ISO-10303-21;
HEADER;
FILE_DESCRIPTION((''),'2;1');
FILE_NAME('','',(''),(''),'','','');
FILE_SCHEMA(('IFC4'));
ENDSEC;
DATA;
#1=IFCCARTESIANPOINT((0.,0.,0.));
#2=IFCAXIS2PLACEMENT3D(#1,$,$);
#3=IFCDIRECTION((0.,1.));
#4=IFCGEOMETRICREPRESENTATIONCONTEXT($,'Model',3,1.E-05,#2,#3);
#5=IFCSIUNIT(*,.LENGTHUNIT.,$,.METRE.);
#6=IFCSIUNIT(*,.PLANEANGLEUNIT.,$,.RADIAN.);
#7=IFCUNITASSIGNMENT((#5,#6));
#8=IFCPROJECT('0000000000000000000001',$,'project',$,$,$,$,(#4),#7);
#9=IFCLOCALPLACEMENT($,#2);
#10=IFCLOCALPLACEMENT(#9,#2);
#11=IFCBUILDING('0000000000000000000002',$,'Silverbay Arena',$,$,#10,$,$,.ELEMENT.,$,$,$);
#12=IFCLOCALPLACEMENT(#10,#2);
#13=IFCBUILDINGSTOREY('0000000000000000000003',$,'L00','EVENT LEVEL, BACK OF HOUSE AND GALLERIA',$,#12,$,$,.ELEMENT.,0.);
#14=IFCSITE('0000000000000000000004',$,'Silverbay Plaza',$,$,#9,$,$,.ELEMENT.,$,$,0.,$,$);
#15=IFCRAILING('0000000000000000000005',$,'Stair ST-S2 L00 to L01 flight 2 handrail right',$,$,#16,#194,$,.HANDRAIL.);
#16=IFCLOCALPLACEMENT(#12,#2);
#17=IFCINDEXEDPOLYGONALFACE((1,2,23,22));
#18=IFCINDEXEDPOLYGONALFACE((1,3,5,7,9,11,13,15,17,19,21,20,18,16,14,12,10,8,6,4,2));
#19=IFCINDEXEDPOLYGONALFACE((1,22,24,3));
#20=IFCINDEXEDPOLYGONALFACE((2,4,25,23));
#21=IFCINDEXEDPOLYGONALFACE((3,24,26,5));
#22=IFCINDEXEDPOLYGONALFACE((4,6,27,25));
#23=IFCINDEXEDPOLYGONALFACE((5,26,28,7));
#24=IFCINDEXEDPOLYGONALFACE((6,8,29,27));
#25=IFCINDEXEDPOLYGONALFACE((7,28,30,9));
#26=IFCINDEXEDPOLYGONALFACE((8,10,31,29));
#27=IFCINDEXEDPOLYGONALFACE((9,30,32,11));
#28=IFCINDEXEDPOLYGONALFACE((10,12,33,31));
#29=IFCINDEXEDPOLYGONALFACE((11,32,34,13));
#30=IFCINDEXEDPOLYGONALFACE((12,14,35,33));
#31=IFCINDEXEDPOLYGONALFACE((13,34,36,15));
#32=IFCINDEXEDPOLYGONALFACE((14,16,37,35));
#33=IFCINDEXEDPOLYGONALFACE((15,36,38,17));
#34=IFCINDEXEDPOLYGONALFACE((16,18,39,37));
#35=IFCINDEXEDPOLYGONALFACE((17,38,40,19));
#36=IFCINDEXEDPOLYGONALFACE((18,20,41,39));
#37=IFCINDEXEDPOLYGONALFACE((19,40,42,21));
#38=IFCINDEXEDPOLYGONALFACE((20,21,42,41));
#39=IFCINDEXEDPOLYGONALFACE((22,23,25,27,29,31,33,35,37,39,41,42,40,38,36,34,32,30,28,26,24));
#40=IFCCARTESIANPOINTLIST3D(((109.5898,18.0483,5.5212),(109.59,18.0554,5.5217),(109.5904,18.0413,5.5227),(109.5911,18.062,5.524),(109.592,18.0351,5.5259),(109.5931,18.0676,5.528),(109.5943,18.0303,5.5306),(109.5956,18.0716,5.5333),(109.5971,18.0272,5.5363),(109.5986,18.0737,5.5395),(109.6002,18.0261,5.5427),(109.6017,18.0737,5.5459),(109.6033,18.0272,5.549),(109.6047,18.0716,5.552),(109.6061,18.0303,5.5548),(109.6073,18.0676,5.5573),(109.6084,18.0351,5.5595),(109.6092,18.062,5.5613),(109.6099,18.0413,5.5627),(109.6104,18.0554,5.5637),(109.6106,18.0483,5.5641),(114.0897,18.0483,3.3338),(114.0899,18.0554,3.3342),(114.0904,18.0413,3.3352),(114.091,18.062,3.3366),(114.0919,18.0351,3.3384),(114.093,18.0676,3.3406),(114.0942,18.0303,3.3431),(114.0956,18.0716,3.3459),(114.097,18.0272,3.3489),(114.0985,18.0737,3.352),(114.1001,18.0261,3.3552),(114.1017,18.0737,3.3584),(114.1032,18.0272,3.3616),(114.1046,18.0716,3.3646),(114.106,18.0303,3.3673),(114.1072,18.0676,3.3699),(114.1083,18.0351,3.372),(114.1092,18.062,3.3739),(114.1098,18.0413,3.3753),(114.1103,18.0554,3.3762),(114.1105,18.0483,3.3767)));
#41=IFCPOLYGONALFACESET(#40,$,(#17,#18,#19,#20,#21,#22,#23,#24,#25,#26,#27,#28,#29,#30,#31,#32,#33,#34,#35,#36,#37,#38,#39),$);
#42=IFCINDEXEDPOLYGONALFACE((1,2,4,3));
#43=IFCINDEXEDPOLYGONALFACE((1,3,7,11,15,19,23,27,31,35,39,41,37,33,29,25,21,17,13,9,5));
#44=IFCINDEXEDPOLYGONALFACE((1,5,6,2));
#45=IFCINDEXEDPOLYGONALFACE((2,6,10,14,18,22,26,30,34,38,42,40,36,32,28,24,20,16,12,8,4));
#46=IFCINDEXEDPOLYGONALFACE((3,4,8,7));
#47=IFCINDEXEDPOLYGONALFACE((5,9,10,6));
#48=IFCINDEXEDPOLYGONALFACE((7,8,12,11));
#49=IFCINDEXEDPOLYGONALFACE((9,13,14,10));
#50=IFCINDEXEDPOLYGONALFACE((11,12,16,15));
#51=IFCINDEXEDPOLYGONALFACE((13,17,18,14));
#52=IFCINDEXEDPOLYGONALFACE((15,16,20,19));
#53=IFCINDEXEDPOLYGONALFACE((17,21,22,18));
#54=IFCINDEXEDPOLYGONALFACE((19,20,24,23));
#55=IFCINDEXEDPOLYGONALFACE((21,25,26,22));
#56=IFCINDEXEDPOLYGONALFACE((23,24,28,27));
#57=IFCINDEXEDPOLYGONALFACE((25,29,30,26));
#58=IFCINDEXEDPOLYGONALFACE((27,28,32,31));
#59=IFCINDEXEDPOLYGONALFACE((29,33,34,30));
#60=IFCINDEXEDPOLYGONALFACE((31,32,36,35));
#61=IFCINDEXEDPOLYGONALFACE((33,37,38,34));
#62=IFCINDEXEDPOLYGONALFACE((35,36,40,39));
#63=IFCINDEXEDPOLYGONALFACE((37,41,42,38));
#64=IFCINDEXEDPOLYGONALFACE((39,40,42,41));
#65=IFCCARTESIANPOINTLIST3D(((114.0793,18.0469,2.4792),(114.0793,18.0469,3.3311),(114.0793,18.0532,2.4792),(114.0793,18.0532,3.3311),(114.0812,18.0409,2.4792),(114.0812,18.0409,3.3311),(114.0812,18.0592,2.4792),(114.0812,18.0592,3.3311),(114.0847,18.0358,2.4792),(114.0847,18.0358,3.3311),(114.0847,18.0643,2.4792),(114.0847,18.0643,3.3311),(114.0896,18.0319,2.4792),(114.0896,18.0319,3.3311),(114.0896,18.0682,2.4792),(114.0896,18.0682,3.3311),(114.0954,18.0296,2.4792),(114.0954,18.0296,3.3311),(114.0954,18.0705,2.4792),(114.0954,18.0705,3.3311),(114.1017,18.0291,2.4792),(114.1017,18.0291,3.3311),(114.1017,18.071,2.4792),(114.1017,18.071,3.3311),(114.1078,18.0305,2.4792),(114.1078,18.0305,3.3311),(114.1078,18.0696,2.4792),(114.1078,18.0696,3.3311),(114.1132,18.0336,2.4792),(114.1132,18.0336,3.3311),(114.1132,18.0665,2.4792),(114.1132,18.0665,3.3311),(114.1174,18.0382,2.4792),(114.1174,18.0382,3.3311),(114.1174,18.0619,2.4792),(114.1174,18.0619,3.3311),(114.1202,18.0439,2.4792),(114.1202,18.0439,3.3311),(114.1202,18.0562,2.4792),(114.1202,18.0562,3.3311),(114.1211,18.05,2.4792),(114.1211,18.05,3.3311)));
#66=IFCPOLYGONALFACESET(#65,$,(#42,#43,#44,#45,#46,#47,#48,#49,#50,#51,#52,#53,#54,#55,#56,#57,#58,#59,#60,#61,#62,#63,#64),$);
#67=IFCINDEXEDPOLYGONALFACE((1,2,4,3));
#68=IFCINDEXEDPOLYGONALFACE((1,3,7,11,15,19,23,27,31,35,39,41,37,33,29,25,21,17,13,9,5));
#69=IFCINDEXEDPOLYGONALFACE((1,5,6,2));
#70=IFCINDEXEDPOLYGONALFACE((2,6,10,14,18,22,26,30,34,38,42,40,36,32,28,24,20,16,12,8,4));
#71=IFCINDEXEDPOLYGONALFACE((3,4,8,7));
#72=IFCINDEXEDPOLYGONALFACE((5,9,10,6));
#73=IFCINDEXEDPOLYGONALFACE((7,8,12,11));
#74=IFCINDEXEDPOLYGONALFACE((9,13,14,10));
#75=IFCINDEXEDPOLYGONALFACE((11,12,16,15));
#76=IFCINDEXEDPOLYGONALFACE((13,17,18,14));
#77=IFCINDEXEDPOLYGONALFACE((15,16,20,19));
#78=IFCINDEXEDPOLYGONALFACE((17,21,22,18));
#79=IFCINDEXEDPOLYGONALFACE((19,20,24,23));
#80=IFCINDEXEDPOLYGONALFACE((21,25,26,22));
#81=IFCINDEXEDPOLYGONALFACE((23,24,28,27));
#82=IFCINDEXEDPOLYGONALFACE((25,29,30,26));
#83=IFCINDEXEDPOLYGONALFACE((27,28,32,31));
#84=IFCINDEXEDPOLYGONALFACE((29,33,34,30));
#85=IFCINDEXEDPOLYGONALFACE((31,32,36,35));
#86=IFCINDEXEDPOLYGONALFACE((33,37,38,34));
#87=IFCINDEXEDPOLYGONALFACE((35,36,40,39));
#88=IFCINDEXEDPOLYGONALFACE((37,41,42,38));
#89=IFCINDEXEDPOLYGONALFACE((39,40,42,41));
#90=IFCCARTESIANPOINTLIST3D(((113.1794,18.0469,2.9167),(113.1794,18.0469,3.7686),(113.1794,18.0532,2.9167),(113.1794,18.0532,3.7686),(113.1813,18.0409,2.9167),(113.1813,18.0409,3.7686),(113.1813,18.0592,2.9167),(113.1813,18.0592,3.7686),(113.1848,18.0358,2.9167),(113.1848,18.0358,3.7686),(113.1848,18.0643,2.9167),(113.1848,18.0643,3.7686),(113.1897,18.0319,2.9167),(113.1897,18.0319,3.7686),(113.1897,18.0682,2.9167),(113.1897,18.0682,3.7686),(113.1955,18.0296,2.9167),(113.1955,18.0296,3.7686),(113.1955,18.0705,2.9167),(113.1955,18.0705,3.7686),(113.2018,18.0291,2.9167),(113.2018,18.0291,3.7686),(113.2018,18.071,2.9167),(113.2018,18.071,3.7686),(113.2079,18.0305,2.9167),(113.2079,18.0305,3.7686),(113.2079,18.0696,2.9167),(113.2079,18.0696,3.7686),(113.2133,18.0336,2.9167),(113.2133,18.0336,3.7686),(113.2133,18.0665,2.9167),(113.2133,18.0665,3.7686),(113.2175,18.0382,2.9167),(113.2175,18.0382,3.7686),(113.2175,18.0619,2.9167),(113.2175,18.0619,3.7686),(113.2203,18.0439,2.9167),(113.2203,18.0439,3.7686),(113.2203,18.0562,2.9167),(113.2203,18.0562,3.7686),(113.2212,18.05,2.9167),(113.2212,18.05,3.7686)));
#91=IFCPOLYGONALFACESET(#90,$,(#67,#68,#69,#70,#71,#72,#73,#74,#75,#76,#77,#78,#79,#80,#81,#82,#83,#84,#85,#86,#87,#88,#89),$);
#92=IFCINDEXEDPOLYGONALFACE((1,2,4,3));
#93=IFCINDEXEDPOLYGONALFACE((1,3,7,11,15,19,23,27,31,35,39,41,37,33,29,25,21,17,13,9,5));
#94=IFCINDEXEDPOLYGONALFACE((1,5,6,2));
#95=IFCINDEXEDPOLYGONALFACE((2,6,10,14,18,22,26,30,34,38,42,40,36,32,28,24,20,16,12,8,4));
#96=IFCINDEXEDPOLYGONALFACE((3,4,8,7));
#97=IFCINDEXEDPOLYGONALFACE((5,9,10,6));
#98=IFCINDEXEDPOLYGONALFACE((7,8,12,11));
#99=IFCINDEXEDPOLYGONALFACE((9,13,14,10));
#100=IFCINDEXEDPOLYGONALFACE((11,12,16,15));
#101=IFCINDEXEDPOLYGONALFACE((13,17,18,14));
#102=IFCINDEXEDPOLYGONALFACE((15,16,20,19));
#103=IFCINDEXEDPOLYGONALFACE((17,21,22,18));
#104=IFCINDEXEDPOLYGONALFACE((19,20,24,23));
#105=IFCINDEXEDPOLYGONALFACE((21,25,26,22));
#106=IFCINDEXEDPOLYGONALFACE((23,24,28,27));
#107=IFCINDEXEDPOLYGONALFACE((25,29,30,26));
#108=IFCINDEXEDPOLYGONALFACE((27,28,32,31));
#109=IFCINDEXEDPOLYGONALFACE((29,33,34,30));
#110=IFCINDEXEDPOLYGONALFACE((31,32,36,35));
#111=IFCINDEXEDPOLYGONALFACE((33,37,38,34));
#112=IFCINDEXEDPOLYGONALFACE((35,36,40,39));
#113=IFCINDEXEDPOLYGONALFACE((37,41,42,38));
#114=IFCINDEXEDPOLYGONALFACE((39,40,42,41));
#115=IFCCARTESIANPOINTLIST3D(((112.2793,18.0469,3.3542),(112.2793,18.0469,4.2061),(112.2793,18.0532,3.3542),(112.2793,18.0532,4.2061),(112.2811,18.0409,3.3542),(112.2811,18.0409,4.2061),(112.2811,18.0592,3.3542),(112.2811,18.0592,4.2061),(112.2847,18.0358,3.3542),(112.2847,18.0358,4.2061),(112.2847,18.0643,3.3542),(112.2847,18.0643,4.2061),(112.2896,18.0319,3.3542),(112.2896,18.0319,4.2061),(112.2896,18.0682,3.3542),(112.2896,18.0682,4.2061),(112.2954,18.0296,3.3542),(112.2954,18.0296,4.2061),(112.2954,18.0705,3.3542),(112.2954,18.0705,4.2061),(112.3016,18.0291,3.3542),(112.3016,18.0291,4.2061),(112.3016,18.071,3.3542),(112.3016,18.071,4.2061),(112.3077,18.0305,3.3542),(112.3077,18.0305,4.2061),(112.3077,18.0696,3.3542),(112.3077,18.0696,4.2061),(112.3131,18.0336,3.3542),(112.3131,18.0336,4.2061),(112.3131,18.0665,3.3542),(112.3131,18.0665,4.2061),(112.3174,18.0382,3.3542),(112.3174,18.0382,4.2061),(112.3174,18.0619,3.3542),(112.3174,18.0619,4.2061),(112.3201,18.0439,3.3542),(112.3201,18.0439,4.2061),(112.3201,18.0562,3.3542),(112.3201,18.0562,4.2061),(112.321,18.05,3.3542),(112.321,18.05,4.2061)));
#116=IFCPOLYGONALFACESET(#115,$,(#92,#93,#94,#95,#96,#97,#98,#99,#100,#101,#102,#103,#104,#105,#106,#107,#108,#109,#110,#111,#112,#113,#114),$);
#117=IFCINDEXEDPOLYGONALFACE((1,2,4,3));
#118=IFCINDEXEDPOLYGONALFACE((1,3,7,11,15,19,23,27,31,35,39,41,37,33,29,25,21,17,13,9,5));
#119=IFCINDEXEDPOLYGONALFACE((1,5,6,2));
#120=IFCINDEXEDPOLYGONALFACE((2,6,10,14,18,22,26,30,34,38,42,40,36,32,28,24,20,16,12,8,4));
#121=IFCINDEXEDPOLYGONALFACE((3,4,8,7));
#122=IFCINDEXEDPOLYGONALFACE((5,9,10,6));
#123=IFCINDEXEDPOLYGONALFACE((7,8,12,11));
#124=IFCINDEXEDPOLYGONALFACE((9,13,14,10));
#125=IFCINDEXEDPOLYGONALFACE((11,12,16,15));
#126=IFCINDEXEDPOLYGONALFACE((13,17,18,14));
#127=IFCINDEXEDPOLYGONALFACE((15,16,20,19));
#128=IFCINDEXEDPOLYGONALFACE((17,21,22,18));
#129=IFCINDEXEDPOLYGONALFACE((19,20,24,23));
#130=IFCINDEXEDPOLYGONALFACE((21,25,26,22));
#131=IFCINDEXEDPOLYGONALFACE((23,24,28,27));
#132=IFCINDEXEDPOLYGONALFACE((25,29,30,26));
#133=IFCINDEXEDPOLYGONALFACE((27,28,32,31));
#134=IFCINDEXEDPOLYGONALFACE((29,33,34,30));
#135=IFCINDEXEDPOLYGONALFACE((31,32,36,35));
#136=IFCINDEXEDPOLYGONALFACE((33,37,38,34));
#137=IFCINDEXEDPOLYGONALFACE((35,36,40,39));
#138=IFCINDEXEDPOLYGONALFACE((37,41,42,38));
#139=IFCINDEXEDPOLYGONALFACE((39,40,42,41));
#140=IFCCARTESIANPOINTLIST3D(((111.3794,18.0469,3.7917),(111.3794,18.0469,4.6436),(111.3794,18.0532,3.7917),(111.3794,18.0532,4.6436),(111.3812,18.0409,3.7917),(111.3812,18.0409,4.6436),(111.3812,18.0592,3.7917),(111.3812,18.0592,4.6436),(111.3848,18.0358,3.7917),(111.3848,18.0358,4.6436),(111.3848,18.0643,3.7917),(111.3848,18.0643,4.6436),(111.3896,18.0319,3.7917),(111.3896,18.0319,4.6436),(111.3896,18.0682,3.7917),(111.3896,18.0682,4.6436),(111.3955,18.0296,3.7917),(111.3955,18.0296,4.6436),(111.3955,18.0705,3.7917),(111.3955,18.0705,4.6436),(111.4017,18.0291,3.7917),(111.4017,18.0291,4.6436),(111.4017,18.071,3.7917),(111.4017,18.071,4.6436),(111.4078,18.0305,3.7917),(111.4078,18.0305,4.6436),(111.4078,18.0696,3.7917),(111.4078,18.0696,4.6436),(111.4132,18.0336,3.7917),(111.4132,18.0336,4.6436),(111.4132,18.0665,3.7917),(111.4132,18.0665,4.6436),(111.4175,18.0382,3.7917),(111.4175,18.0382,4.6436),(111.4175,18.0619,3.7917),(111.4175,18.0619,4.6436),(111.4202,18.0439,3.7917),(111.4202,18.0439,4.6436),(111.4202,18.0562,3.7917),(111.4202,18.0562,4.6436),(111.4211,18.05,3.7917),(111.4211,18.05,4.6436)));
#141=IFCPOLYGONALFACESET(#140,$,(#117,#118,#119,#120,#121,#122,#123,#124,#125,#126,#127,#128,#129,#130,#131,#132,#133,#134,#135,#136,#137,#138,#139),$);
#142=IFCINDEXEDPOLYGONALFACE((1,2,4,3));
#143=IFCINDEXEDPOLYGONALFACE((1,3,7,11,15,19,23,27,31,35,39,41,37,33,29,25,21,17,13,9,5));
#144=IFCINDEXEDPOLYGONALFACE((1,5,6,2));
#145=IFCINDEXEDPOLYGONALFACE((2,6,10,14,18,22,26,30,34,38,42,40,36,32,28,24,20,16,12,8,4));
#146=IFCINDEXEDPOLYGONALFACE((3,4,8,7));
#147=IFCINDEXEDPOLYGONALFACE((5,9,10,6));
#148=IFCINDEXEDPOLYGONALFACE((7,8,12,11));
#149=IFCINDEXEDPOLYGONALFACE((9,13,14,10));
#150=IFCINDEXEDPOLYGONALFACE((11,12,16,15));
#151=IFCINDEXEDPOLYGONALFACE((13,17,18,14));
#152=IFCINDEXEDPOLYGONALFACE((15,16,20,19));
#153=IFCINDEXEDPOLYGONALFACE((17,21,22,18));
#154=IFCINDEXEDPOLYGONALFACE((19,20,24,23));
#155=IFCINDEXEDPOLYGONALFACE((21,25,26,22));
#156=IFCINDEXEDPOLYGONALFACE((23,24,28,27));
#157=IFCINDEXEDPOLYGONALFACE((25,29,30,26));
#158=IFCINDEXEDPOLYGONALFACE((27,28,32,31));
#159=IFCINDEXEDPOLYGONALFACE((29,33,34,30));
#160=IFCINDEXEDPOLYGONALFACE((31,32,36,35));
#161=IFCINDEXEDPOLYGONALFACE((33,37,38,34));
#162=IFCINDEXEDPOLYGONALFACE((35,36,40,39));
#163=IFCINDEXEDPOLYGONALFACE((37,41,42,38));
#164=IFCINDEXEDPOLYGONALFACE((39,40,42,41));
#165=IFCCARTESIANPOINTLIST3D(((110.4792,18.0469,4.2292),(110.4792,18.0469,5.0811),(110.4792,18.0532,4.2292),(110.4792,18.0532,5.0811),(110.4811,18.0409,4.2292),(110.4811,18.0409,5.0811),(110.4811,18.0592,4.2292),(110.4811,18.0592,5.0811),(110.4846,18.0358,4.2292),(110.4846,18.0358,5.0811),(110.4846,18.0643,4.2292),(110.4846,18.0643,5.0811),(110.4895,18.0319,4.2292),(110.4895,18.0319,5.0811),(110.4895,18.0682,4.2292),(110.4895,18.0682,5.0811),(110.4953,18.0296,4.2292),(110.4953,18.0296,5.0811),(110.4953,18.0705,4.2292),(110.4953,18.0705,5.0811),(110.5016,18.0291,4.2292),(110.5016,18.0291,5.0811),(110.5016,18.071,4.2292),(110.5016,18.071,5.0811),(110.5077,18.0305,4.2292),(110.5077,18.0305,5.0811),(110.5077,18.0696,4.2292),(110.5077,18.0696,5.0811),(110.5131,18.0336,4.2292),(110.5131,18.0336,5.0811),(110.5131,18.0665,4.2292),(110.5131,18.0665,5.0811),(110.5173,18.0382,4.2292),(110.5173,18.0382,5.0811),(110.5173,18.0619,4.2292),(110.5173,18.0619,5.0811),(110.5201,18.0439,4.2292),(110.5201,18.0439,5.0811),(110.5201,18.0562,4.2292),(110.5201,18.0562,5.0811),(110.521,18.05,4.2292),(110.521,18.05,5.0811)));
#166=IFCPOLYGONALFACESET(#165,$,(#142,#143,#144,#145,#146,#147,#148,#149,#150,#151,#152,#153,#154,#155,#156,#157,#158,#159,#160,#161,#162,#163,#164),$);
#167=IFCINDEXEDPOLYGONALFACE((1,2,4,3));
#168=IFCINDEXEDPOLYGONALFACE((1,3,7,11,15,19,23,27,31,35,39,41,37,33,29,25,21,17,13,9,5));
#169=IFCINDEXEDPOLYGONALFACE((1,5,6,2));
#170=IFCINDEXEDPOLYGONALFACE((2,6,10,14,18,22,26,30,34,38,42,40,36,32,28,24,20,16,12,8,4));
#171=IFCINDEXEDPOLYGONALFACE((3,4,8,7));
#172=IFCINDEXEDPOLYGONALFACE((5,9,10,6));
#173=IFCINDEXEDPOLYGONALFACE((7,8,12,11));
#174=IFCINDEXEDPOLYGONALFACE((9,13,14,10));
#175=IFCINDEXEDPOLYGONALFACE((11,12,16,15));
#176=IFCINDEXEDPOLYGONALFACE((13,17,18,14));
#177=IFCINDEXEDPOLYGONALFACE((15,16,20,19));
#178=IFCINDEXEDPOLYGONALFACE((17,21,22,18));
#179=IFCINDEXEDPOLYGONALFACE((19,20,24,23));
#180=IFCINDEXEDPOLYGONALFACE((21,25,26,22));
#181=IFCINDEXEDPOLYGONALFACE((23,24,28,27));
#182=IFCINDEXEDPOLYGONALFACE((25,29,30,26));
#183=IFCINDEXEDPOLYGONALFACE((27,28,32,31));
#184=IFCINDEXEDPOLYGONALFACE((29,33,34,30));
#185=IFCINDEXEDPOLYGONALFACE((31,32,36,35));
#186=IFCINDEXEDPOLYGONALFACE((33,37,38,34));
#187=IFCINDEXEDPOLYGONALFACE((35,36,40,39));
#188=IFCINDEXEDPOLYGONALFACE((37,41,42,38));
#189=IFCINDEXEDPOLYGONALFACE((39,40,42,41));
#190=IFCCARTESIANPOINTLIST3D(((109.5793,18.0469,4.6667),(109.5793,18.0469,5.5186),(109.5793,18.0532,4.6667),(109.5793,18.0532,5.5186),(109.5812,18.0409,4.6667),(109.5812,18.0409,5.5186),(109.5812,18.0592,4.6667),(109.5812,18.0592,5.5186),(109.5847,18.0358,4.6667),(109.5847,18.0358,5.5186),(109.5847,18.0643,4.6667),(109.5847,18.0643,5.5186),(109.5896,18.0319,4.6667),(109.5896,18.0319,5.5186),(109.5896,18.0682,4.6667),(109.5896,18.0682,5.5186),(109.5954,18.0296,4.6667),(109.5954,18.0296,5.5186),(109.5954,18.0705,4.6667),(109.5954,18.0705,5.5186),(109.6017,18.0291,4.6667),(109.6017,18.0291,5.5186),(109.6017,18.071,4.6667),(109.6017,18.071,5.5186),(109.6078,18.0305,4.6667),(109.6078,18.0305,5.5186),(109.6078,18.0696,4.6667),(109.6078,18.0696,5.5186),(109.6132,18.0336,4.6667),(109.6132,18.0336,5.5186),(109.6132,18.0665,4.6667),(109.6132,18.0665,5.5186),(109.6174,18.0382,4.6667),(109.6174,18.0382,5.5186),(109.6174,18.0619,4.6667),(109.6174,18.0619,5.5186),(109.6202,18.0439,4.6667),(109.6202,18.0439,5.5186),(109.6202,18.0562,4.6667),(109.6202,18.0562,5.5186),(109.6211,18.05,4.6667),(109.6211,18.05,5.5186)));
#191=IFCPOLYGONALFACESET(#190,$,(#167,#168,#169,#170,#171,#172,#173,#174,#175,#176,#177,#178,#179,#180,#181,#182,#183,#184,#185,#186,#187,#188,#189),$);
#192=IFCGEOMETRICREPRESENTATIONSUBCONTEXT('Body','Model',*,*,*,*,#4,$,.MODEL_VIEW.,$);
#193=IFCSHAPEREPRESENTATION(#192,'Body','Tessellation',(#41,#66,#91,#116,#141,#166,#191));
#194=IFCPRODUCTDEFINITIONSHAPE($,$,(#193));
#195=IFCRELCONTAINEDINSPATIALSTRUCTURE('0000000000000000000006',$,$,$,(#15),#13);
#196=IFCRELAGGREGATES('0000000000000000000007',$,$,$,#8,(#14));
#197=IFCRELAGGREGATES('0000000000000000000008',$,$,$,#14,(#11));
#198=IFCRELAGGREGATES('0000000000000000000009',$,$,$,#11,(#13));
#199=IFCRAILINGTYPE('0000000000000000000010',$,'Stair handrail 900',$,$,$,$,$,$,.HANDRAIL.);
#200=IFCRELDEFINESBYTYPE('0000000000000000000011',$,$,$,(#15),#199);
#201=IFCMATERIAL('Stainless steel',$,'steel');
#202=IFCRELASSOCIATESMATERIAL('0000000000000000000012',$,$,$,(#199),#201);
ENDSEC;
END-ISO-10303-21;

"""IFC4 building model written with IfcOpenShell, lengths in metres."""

from ifc_helpers import new_model, si_unit, direction, frame, origin, origin_2d, place, context, subcontext, project, spatial, circle, extrude, material, type_object, element, save


model = new_model("IFC4")

# Units and contexts
model_context = context("Model", 3, precision=1e-05, world=origin(), true_north=direction((0.0, 1.0)))
body_context = subcontext(model_context, "Body", "Model", "MODEL_VIEW")
ifc_project = project(units=[si_unit("LENGTHUNIT", "METRE"), si_unit("PLANEANGLEUNIT", "RADIAN")], contexts=[model_context])

# Site, building, storey
site_placement = place(None, origin())
site = spatial("IfcSite", under=ifc_project, at=site_placement, Name="Silverbay Plaza", CompositionType="ELEMENT", RefElevation=0.0)
building_placement = place(site_placement, origin())
building = spatial("IfcBuilding", under=site, at=building_placement, Name="Silverbay Arena", CompositionType="ELEMENT")
storey_placement = place(building_placement, origin())
storey = spatial("IfcBuildingStorey", under=building, at=storey_placement, Name="L00", Description="EVENT LEVEL, BACK OF HOUSE AND GALLERIA", CompositionType="ELEMENT", Elevation=0.0)

# Railing
ifc_material_1 = material(Name="Stainless steel", Category="steel")
railing_type_1 = type_object("IfcRailingType", Name="Stair handrail 900", PredefinedType="HANDRAIL", material=ifc_material_1)
for number, where, name in (
    (1, (114.1001, 18.05, 2.4792), "Stair ST-S2 L00 to L01 flight 2 handrail right"),
):
    element("IfcRailing", number, at=place(storey_placement, frame(where)), inside=storey, type_object=railing_type_1, Name=name, PredefinedType="HANDRAIL", context=body_context, shape_type="SweptSolid", body=[
        extrude(circle(Radius=0.0239, at=origin_2d()), frame((0.0, 0.0, 0.876), z_axis=(-0.899368, 0.0, 0.437193), x_axis=(0.0, -1.0, 0.0)), (0.0, 0.0, 1.0), 5.0034),
        extrude(circle(Radius=0.021, at=origin_2d()), origin(), (0.0, 0.0, 1.0), 0.8518),
        extrude(circle(Radius=0.021, at=origin_2d()), frame((-0.8999, 0.0, 0.4375)), (0.0, 0.0, 1.0), 0.8518),
        extrude(circle(Radius=0.021, at=origin_2d()), frame((-1.8, 0.0, 0.875)), (0.0, 0.0, 1.0), 0.8518),
        extrude(circle(Radius=0.021, at=origin_2d()), frame((-2.7, 0.0, 1.3125)), (0.0, 0.0, 1.0), 0.8518),
        extrude(circle(Radius=0.021, at=origin_2d()), frame((-3.6001, 0.0, 1.75)), (0.0, 0.0, 1.0), 0.8518),
        extrude(circle(Radius=0.021, at=origin_2d()), frame((-4.5, 0.0, 2.1875)), (0.0, 0.0, 1.0), 0.8518),
    ])

save(model, "model.ifc")
